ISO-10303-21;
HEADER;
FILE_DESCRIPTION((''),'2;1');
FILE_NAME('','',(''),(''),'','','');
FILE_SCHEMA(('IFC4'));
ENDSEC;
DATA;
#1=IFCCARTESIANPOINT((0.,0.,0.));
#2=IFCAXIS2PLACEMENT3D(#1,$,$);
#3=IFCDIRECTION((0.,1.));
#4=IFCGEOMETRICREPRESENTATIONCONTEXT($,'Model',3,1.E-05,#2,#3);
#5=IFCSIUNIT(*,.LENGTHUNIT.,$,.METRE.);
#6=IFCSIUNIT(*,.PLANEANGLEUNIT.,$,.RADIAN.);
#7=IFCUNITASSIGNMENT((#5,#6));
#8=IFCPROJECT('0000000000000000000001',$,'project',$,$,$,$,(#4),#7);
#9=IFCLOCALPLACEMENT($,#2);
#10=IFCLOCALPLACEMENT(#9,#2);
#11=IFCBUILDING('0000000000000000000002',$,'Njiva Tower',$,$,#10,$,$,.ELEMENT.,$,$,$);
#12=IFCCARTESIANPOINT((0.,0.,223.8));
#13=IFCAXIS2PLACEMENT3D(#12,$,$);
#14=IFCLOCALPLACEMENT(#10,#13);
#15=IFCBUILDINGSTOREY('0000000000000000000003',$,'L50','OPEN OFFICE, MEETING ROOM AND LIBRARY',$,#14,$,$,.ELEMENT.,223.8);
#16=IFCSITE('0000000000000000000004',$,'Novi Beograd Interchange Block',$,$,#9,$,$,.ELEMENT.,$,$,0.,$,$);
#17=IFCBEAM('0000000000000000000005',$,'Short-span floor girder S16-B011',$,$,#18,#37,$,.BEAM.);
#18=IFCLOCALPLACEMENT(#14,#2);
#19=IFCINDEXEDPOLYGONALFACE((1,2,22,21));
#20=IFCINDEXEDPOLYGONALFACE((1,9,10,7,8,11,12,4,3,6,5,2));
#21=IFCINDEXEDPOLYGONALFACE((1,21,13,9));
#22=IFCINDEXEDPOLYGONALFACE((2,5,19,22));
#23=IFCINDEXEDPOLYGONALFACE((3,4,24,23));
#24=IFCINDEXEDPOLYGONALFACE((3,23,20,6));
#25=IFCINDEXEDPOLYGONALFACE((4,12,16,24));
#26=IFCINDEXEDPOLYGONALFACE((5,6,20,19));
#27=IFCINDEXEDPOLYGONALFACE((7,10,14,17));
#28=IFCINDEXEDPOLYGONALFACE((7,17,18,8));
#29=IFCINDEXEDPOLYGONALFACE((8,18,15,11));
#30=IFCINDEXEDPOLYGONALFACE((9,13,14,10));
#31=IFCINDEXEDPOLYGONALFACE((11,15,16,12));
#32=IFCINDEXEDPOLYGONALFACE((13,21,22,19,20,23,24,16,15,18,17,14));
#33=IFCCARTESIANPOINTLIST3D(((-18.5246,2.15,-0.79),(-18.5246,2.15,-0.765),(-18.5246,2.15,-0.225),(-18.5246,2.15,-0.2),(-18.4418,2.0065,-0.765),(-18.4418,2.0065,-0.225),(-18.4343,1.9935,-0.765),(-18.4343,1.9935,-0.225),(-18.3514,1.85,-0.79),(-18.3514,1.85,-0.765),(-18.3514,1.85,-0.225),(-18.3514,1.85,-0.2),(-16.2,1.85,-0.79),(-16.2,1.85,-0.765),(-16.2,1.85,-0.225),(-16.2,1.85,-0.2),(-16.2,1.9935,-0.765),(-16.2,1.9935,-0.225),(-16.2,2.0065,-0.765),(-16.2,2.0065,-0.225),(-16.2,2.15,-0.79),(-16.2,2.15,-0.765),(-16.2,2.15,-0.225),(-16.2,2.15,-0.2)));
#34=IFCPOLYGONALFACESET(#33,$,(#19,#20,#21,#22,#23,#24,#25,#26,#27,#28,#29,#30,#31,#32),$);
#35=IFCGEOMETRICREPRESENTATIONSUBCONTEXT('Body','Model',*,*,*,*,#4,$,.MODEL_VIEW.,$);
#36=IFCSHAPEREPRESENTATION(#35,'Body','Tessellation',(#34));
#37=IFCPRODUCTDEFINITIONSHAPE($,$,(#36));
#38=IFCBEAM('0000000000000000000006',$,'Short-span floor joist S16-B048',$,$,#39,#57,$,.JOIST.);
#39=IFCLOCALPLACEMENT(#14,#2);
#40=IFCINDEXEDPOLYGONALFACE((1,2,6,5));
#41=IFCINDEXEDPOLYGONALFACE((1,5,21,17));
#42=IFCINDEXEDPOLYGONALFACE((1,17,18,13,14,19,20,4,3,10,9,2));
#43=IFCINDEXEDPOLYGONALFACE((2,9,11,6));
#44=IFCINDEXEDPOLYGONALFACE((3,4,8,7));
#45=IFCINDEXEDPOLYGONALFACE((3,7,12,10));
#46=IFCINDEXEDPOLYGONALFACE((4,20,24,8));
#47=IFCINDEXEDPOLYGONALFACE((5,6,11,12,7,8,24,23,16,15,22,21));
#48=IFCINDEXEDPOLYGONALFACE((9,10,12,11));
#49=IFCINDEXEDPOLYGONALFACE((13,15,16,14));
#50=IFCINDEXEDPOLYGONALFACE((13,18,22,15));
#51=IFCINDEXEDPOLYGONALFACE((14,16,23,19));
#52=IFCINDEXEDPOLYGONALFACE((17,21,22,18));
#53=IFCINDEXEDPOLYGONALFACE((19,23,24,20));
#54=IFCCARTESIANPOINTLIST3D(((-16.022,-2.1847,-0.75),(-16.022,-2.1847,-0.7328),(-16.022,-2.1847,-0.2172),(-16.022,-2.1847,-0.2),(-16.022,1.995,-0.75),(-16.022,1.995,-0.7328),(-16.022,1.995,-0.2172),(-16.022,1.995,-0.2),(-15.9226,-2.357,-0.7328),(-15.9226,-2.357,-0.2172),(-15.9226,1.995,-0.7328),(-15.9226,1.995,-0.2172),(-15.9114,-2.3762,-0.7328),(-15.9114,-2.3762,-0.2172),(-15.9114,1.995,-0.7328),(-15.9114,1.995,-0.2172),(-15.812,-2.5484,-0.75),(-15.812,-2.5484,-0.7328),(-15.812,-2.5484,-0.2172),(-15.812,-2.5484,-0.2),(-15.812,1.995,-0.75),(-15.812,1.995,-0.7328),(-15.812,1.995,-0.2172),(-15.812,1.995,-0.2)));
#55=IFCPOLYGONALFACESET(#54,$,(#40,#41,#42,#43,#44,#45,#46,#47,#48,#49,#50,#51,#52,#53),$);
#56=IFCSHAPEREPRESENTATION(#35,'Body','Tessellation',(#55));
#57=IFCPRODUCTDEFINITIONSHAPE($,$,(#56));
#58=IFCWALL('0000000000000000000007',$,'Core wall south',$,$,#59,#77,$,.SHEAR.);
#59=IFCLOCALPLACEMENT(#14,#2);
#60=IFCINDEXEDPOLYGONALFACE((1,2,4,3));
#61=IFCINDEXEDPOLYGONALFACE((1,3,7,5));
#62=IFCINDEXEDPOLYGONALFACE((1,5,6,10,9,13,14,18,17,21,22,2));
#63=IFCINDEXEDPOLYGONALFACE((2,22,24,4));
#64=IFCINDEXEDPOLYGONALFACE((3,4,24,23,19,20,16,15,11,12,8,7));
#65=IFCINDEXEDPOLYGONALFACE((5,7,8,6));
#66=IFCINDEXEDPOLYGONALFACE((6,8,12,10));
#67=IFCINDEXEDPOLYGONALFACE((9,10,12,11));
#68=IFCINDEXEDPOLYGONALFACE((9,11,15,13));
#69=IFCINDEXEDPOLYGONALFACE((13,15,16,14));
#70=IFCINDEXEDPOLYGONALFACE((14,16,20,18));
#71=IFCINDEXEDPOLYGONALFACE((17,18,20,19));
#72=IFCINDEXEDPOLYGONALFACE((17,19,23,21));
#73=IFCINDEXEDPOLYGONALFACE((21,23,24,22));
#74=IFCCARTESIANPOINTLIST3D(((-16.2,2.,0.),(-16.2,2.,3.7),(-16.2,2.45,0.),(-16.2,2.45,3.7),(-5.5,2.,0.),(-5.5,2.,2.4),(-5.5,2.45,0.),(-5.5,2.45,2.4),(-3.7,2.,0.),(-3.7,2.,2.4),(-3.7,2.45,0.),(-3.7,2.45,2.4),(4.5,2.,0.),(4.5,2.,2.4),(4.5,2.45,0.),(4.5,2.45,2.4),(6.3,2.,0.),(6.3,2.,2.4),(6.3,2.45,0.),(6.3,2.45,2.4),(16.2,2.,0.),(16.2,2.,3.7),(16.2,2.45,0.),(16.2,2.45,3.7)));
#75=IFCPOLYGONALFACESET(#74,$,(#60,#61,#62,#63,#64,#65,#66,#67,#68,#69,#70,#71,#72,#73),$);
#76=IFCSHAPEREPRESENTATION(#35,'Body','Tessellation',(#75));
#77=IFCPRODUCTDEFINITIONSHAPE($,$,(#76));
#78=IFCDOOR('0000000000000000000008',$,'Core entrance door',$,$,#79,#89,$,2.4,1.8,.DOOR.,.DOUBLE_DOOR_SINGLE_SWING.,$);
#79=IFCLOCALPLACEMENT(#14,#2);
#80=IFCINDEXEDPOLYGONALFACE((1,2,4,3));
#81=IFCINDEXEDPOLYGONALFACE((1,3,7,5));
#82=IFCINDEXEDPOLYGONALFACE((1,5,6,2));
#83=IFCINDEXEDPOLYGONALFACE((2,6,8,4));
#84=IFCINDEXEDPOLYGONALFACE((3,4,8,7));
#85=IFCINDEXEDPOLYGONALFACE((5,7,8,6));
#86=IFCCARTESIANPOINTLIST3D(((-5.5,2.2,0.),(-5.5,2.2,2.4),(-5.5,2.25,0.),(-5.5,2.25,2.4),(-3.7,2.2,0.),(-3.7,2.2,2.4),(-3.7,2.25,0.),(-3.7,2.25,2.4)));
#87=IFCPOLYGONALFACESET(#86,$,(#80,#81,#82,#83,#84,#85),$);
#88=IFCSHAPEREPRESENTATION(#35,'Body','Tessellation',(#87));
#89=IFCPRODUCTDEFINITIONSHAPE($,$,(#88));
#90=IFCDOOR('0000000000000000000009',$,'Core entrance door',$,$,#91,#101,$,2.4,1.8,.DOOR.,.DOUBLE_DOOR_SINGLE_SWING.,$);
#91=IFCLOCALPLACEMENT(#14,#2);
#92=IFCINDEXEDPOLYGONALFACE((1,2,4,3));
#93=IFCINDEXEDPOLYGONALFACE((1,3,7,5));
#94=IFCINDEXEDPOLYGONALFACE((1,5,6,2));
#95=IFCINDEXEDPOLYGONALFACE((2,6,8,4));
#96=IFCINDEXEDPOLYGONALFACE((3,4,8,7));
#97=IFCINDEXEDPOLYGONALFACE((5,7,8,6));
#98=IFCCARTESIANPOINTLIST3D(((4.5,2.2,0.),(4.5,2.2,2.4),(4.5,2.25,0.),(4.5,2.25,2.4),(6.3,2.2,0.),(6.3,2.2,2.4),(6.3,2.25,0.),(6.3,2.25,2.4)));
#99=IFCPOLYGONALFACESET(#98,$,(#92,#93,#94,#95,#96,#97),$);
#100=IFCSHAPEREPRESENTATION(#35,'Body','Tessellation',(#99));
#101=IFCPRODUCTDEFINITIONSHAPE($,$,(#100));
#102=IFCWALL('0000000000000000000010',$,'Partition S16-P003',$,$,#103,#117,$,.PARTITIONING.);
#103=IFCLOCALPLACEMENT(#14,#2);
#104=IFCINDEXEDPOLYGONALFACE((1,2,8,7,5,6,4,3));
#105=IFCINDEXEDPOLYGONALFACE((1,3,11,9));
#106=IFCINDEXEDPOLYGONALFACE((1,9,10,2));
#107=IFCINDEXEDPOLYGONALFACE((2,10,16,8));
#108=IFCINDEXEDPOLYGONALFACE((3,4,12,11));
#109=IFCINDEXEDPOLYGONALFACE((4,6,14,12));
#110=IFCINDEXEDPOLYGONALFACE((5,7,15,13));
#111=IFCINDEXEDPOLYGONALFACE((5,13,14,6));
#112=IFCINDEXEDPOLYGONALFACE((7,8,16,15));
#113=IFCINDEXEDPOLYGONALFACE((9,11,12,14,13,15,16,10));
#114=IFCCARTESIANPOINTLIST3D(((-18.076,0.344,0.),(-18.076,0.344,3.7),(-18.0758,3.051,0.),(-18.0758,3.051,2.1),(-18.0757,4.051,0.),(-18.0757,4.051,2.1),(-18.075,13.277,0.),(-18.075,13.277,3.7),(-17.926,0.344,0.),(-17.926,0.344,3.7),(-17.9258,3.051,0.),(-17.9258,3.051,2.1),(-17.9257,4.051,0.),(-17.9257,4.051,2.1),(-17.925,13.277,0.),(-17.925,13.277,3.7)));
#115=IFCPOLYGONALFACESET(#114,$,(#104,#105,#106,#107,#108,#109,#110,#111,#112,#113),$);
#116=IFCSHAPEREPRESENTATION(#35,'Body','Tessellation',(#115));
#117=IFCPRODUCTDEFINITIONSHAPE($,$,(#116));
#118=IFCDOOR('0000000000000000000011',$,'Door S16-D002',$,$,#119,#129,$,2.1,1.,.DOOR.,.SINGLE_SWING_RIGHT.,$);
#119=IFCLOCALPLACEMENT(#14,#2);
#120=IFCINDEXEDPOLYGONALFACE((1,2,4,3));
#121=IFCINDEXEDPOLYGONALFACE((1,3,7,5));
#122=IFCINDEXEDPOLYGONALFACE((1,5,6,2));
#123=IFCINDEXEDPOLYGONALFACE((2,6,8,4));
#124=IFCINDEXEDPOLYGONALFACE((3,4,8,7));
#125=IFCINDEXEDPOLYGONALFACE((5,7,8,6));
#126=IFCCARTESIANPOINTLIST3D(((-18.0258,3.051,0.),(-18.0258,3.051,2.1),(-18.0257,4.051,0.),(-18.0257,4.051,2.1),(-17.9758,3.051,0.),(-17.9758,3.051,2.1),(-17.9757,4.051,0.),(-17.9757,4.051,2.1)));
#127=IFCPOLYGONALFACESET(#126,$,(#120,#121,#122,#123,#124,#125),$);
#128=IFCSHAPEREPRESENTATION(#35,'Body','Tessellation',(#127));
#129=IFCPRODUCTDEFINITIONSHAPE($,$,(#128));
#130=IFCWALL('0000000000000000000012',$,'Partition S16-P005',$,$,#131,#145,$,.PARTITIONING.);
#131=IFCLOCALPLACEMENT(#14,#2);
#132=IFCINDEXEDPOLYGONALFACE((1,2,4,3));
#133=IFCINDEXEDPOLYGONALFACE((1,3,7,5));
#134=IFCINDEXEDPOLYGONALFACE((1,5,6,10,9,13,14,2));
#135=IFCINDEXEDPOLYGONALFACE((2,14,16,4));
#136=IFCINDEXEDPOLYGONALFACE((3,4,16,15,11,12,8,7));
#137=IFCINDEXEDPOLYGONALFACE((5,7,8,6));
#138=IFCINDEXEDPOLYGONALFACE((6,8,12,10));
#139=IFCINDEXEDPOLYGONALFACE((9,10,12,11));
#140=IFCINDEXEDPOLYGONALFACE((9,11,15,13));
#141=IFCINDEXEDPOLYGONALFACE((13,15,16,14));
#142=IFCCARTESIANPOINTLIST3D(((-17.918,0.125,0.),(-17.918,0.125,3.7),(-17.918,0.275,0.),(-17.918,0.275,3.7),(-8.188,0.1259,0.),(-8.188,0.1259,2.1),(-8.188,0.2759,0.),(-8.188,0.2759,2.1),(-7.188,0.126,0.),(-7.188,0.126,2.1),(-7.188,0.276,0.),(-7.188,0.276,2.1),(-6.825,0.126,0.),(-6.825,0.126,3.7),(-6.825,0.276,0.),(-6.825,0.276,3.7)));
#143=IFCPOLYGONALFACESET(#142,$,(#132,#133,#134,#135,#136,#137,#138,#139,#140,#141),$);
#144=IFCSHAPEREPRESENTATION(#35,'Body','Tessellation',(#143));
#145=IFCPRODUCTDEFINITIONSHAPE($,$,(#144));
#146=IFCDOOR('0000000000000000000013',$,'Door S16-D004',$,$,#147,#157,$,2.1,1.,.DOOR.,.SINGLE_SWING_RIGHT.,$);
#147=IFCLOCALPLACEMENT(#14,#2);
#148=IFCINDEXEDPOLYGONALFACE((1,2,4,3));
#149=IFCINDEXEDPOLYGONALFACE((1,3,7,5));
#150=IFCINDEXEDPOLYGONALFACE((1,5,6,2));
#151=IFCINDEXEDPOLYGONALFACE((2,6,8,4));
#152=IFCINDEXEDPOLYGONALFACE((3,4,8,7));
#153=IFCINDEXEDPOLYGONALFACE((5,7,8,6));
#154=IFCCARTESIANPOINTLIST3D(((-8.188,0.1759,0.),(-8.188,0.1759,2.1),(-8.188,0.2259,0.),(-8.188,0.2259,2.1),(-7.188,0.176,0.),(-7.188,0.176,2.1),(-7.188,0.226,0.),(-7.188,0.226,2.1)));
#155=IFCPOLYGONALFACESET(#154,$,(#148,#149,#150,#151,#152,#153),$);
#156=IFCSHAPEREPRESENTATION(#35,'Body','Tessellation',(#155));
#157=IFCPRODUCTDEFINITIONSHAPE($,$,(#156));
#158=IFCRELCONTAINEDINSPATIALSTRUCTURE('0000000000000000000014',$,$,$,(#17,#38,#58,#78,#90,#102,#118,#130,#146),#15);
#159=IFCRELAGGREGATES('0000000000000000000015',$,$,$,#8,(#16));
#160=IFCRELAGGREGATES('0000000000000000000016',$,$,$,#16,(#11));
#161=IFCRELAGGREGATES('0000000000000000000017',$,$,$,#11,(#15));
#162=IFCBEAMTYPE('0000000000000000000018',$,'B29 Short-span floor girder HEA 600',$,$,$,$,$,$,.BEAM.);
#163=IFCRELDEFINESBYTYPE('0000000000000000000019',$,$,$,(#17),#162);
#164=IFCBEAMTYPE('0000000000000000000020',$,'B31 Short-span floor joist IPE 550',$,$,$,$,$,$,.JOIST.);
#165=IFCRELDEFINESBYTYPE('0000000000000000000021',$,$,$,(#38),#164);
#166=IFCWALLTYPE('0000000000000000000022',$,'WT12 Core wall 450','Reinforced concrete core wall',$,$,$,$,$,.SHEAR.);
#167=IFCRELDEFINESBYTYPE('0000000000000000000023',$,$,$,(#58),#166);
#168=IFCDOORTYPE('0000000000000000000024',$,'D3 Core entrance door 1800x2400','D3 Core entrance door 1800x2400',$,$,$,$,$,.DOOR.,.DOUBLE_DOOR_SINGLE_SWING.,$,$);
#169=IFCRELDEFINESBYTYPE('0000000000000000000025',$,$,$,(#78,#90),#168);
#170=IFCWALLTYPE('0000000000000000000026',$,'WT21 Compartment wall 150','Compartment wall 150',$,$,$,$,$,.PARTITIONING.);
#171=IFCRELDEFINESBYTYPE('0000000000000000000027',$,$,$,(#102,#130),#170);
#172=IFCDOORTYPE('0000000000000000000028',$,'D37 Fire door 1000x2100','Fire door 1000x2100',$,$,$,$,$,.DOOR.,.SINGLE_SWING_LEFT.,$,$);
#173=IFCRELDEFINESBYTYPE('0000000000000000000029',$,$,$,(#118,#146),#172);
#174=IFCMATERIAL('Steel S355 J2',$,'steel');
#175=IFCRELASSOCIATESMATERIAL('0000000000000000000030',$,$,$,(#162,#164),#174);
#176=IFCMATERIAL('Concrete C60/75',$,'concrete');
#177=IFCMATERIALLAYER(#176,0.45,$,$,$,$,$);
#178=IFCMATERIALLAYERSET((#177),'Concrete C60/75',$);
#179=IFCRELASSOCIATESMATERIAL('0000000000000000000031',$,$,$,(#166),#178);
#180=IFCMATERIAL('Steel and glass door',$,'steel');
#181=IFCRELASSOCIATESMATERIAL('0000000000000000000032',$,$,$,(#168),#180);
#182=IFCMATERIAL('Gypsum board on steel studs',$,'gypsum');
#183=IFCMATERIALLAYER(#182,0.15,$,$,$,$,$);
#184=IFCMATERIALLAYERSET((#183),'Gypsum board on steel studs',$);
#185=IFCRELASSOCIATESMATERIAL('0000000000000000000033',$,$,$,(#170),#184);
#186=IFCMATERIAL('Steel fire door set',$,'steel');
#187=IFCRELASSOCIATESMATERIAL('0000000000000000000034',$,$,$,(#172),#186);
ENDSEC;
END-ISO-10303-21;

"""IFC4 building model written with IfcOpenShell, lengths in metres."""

from ifc_helpers import new_model, si_unit, direction, frame, frame_2d, origin, origin_2d, place, context, subcontext, project, spatial, rectangle, i_section, extrude, clip, halfspace, material, layer, layer_set, material_profile, profile_set, type_object, element, fill, save


model = new_model("IFC4")

# Units and contexts
model_context = context("Model", 3, precision=1e-05, world=origin(), true_north=direction((0.0, 1.0)))
body_context = subcontext(model_context, "Body", "Model", "MODEL_VIEW")
ifc_project = project(units=[si_unit("LENGTHUNIT", "METRE"), si_unit("PLANEANGLEUNIT", "RADIAN")], contexts=[model_context])

# Site, building, storey
site_placement = place(None, origin())
site = spatial("IfcSite", under=ifc_project, at=site_placement, Name="Novi Beograd Interchange Block", CompositionType="ELEMENT", RefElevation=0.0)
building_placement = place(site_placement, origin())
building = spatial("IfcBuilding", under=site, at=building_placement, Name="Njiva Tower", CompositionType="ELEMENT")
storey_placement = place(building_placement, frame((0.0, 0.0, 223.8)))
storey = spatial("IfcBuildingStorey", under=building, at=storey_placement, Name="L50", Description="OPEN OFFICE, MEETING ROOM AND LIBRARY", CompositionType="ELEMENT", Elevation=223.8)

# Shared definitions
ifc_material_1 = material(Name="Steel S355 J2", Category="steel")

# Beams
ifc_material_profile_1 = material_profile(ifc_material_1, i_section(OverallWidth=0.3, OverallDepth=0.59, WebThickness=0.013, FlangeThickness=0.025, at=origin_2d()), Name="HEA 600")
ifc_profile_set_1 = profile_set([ifc_material_profile_1], Name="Steel S355 J2")
beam_type_1 = type_object("IfcBeamType", Name="B29 Short-span floor girder HEA 600", PredefinedType="BEAM", material=ifc_profile_set_1)
beam_1_placement = place(storey_placement, frame((-18.545, 2.0, -0.495), z_axis=(1.0, 0.0, 0.0), x_axis=(0.0, 1.0, 0.0)))
element("IfcBeam", 1, at=beam_1_placement, inside=storey, type_object=beam_type_1, Name="Short-span floor girder S16-B011", PredefinedType="BEAM", context=body_context, shape_type="Clipping", body=[
    clip(extrude(i_section(OverallWidth=0.3, OverallDepth=0.59, WebThickness=0.013, FlangeThickness=0.025, at=origin_2d()), origin(), (0.0, 0.0, 1.0), 2.345), halfspace(frame((-0.025, 0.0, 0.1214), z_axis=(-0.499998, 0.0, -0.866027), x_axis=(0.0, -1.0, 0.0)), False)),
])
ifc_material_profile_2 = material_profile(ifc_material_1, i_section(OverallWidth=0.21, OverallDepth=0.55, WebThickness=0.0111, FlangeThickness=0.0172, at=origin_2d()), Name="IPE 550")
ifc_profile_set_2 = profile_set([ifc_material_profile_2], Name="Steel S355 J2")
beam_type_2 = type_object("IfcBeamType", Name="B31 Short-span floor joist IPE 550", PredefinedType="JOIST", material=ifc_profile_set_2)
beam_2_placement = place(storey_placement, frame((-15.917, 1.995, -0.475), z_axis=(0.0, -1.0, 0.0), x_axis=(1.0, 0.0, 0.0)))
element("IfcBeam", 2, at=beam_2_placement, inside=storey, type_object=beam_type_2, Name="Short-span floor joist S16-B048", PredefinedType="JOIST", context=body_context, shape_type="Clipping", body=[
    clip(extrude(i_section(OverallWidth=0.21, OverallDepth=0.55, WebThickness=0.0111, FlangeThickness=0.0172, at=origin_2d()), origin(), (0.0, 0.0, 1.0), 4.564), halfspace(frame((-0.043, 0.0, 4.2871), z_axis=(-0.866027, 0.0, 0.499998), x_axis=(0.0, 1.0, 0.0)), False)),
])

# Wall, openings, doors
ifc_material_2 = material(Name="Concrete C60/75", Category="concrete")
ifc_layer_1 = layer(ifc_material_2, 0.45)
ifc_layer_set_1 = layer_set([ifc_layer_1], Name="Concrete C60/75")
wall_type_1 = type_object("IfcWallType", Name="WT12 Core wall 450", Description="Reinforced concrete core wall", PredefinedType="SHEAR", material=ifc_layer_set_1)
wall_1_placement = place(storey_placement, frame((-16.2, 2.225, 0.0), z_axis=(0.0, 0.0, 1.0), x_axis=(1.0, 0.0, 0.0)))
wall_1 = element("IfcWall", 3, at=wall_1_placement, inside=storey, type_object=wall_type_1, Name="Core wall south", PredefinedType="SHEAR", context=body_context, shape_type="SweptSolid", body=[
    extrude(rectangle(XDim=32.4, YDim=0.45, at=frame_2d((16.2, 0.0))), origin(), (0.0, 0.0, 1.0), 3.7),
])
opening_1_placement = place(wall_1_placement, frame((10.7, 0.0, 0.0)))
opening_1 = element("IfcOpeningElement", 4, at=opening_1_placement, cuts=wall_1, PredefinedType="OPENING", context=body_context, shape_type="SweptSolid", body=[
    extrude(rectangle(XDim=1.8, YDim=2.4, at=frame_2d((0.9, 1.2))), frame((0.0, 0.235, 0.0), z_axis=(0.0, -1.0, 0.0), x_axis=(1.0, 0.0, 0.0)), (0.0, 0.0, 1.0), 0.47),
])
opening_2_placement = place(wall_1_placement, frame((20.7, 0.0, 0.0)))
opening_2 = element("IfcOpeningElement", 5, at=opening_2_placement, cuts=wall_1, PredefinedType="OPENING", context=body_context, shape_type="SweptSolid", body=[
    extrude(rectangle(XDim=1.8, YDim=2.4, at=frame_2d((0.9, 1.2))), frame((0.0, 0.235, 0.0), z_axis=(0.0, -1.0, 0.0), x_axis=(1.0, 0.0, 0.0)), (0.0, 0.0, 1.0), 0.47),
])
ifc_material_3 = material(Name="Steel and glass door", Category="steel")
door_type_1 = type_object("IfcDoorType", Name="D3 Core entrance door 1800x2400", Description="D3 Core entrance door 1800x2400", OperationType="DOUBLE_DOOR_SINGLE_SWING", PredefinedType="DOOR", material=ifc_material_3)
door_1_placement = place(opening_1_placement, origin())
door_1 = element("IfcDoor", 6, at=door_1_placement, inside=storey, type_object=door_type_1, Name="Core entrance door", OperationType="DOUBLE_DOOR_SINGLE_SWING", OverallHeight=2.4, OverallWidth=1.8, PredefinedType="DOOR", context=body_context, shape_type="SweptSolid", body=[
    extrude(rectangle(XDim=1.8, YDim=2.4, at=frame_2d((0.9, 1.2))), frame((0.0, 0.025, 0.0), z_axis=(0.0, -1.0, 0.0), x_axis=(1.0, 0.0, 0.0)), (0.0, 0.0, 1.0), 0.05),
])
fill(opening_1, door_1)
door_2_placement = place(opening_2_placement, origin())
door_2 = element("IfcDoor", 7, at=door_2_placement, inside=storey, type_object=door_type_1, Name="Core entrance door", OperationType="DOUBLE_DOOR_SINGLE_SWING", OverallHeight=2.4, OverallWidth=1.8, PredefinedType="DOOR", context=body_context, shape_type="SweptSolid", body=[
    extrude(rectangle(XDim=1.8, YDim=2.4, at=frame_2d((0.9, 1.2))), frame((0.0, 0.025, 0.0), z_axis=(0.0, -1.0, 0.0), x_axis=(1.0, 0.0, 0.0)), (0.0, 0.0, 1.0), 0.05),
])
fill(opening_2, door_2)

# Walls, openings, doors
ifc_material_4 = material(Name="Gypsum board on steel studs", Category="gypsum")
ifc_layer_2 = layer(ifc_material_4, 0.15)
ifc_layer_set_2 = layer_set([ifc_layer_2], Name="Gypsum board on steel studs")
wall_type_2 = type_object("IfcWallType", Name="WT21 Compartment wall 150", Description="Compartment wall 150", PredefinedType="PARTITIONING", material=ifc_layer_set_2)
wall_2_placement = place(storey_placement, frame((-18.001, 0.344, 0.0), z_axis=(0.0, 0.0, 1.0), x_axis=(0.000077, 1.0, 0.0)))
wall_2 = element("IfcWall", 8, at=wall_2_placement, inside=storey, type_object=wall_type_2, Name="Partition S16-P003", PredefinedType="PARTITIONING", context=body_context, shape_type="SweptSolid", body=[
    extrude(rectangle(XDim=12.933, YDim=0.15, at=frame_2d((6.4665, 0.0))), origin(), (0.0, 0.0, 1.0), 3.7),
])
opening_3_placement = place(wall_2_placement, frame((2.707, 0.0, 0.0)))
opening_3 = element("IfcOpeningElement", 9, at=opening_3_placement, cuts=wall_2, PredefinedType="OPENING", context=body_context, shape_type="SweptSolid", body=[
    extrude(rectangle(XDim=1.0, YDim=2.1, at=frame_2d((0.5, 1.05))), frame((0.0, 0.085, 0.0), z_axis=(0.0, -1.0, 0.0), x_axis=(1.0, 0.0, 0.0)), (0.0, 0.0, 1.0), 0.17),
])
ifc_material_5 = material(Name="Steel fire door set", Category="steel")
door_type_2 = type_object("IfcDoorType", Name="D37 Fire door 1000x2100", Description="Fire door 1000x2100", OperationType="SINGLE_SWING_LEFT", PredefinedType="DOOR", material=ifc_material_5)
door_3_placement = place(opening_3_placement, origin())
door_3 = element("IfcDoor", 10, at=door_3_placement, inside=storey, type_object=door_type_2, Name="Door S16-D002", OperationType="SINGLE_SWING_RIGHT", OverallHeight=2.1, OverallWidth=1.0, PredefinedType="DOOR", context=body_context, shape_type="SweptSolid", body=[
    extrude(rectangle(XDim=1.0, YDim=2.1, at=frame_2d((0.5, 1.05))), frame((0.0, 0.025, 0.0), z_axis=(0.0, -1.0, 0.0), x_axis=(1.0, 0.0, 0.0)), (0.0, 0.0, 1.0), 0.05),
])
fill(opening_3, door_3)
wall_3_placement = place(storey_placement, frame((-17.918, 0.2, 0.0), z_axis=(0.0, 0.0, 1.0), x_axis=(1.0, 0.00009, 0.0)))
wall_3 = element("IfcWall", 11, at=wall_3_placement, inside=storey, type_object=wall_type_2, Name="Partition S16-P005", PredefinedType="PARTITIONING", context=body_context, shape_type="SweptSolid", body=[
    extrude(rectangle(XDim=11.093, YDim=0.15, at=frame_2d((5.5465, 0.0))), origin(), (0.0, 0.0, 1.0), 3.7),
])
opening_4_placement = place(wall_3_placement, frame((9.73, 0.0, 0.0)))
opening_4 = element("IfcOpeningElement", 12, at=opening_4_placement, cuts=wall_3, PredefinedType="OPENING", context=body_context, shape_type="SweptSolid", body=[
    extrude(rectangle(XDim=1.0, YDim=2.1, at=frame_2d((0.5, 1.05))), frame((0.0, 0.085, 0.0), z_axis=(0.0, -1.0, 0.0), x_axis=(1.0, 0.0, 0.0)), (0.0, 0.0, 1.0), 0.17),
])
door_4_placement = place(opening_4_placement, origin())
door_4 = element("IfcDoor", 13, at=door_4_placement, inside=storey, type_object=door_type_2, Name="Door S16-D004", OperationType="SINGLE_SWING_RIGHT", OverallHeight=2.1, OverallWidth=1.0, PredefinedType="DOOR", context=body_context, shape_type="SweptSolid", body=[
    extrude(rectangle(XDim=1.0, YDim=2.1, at=frame_2d((0.5, 1.05))), frame((0.0, 0.025, 0.0), z_axis=(0.0, -1.0, 0.0), x_axis=(1.0, 0.0, 0.0)), (0.0, 0.0, 1.0), 0.05),
])
fill(opening_4, door_4)

save(model, "model.ifc")
